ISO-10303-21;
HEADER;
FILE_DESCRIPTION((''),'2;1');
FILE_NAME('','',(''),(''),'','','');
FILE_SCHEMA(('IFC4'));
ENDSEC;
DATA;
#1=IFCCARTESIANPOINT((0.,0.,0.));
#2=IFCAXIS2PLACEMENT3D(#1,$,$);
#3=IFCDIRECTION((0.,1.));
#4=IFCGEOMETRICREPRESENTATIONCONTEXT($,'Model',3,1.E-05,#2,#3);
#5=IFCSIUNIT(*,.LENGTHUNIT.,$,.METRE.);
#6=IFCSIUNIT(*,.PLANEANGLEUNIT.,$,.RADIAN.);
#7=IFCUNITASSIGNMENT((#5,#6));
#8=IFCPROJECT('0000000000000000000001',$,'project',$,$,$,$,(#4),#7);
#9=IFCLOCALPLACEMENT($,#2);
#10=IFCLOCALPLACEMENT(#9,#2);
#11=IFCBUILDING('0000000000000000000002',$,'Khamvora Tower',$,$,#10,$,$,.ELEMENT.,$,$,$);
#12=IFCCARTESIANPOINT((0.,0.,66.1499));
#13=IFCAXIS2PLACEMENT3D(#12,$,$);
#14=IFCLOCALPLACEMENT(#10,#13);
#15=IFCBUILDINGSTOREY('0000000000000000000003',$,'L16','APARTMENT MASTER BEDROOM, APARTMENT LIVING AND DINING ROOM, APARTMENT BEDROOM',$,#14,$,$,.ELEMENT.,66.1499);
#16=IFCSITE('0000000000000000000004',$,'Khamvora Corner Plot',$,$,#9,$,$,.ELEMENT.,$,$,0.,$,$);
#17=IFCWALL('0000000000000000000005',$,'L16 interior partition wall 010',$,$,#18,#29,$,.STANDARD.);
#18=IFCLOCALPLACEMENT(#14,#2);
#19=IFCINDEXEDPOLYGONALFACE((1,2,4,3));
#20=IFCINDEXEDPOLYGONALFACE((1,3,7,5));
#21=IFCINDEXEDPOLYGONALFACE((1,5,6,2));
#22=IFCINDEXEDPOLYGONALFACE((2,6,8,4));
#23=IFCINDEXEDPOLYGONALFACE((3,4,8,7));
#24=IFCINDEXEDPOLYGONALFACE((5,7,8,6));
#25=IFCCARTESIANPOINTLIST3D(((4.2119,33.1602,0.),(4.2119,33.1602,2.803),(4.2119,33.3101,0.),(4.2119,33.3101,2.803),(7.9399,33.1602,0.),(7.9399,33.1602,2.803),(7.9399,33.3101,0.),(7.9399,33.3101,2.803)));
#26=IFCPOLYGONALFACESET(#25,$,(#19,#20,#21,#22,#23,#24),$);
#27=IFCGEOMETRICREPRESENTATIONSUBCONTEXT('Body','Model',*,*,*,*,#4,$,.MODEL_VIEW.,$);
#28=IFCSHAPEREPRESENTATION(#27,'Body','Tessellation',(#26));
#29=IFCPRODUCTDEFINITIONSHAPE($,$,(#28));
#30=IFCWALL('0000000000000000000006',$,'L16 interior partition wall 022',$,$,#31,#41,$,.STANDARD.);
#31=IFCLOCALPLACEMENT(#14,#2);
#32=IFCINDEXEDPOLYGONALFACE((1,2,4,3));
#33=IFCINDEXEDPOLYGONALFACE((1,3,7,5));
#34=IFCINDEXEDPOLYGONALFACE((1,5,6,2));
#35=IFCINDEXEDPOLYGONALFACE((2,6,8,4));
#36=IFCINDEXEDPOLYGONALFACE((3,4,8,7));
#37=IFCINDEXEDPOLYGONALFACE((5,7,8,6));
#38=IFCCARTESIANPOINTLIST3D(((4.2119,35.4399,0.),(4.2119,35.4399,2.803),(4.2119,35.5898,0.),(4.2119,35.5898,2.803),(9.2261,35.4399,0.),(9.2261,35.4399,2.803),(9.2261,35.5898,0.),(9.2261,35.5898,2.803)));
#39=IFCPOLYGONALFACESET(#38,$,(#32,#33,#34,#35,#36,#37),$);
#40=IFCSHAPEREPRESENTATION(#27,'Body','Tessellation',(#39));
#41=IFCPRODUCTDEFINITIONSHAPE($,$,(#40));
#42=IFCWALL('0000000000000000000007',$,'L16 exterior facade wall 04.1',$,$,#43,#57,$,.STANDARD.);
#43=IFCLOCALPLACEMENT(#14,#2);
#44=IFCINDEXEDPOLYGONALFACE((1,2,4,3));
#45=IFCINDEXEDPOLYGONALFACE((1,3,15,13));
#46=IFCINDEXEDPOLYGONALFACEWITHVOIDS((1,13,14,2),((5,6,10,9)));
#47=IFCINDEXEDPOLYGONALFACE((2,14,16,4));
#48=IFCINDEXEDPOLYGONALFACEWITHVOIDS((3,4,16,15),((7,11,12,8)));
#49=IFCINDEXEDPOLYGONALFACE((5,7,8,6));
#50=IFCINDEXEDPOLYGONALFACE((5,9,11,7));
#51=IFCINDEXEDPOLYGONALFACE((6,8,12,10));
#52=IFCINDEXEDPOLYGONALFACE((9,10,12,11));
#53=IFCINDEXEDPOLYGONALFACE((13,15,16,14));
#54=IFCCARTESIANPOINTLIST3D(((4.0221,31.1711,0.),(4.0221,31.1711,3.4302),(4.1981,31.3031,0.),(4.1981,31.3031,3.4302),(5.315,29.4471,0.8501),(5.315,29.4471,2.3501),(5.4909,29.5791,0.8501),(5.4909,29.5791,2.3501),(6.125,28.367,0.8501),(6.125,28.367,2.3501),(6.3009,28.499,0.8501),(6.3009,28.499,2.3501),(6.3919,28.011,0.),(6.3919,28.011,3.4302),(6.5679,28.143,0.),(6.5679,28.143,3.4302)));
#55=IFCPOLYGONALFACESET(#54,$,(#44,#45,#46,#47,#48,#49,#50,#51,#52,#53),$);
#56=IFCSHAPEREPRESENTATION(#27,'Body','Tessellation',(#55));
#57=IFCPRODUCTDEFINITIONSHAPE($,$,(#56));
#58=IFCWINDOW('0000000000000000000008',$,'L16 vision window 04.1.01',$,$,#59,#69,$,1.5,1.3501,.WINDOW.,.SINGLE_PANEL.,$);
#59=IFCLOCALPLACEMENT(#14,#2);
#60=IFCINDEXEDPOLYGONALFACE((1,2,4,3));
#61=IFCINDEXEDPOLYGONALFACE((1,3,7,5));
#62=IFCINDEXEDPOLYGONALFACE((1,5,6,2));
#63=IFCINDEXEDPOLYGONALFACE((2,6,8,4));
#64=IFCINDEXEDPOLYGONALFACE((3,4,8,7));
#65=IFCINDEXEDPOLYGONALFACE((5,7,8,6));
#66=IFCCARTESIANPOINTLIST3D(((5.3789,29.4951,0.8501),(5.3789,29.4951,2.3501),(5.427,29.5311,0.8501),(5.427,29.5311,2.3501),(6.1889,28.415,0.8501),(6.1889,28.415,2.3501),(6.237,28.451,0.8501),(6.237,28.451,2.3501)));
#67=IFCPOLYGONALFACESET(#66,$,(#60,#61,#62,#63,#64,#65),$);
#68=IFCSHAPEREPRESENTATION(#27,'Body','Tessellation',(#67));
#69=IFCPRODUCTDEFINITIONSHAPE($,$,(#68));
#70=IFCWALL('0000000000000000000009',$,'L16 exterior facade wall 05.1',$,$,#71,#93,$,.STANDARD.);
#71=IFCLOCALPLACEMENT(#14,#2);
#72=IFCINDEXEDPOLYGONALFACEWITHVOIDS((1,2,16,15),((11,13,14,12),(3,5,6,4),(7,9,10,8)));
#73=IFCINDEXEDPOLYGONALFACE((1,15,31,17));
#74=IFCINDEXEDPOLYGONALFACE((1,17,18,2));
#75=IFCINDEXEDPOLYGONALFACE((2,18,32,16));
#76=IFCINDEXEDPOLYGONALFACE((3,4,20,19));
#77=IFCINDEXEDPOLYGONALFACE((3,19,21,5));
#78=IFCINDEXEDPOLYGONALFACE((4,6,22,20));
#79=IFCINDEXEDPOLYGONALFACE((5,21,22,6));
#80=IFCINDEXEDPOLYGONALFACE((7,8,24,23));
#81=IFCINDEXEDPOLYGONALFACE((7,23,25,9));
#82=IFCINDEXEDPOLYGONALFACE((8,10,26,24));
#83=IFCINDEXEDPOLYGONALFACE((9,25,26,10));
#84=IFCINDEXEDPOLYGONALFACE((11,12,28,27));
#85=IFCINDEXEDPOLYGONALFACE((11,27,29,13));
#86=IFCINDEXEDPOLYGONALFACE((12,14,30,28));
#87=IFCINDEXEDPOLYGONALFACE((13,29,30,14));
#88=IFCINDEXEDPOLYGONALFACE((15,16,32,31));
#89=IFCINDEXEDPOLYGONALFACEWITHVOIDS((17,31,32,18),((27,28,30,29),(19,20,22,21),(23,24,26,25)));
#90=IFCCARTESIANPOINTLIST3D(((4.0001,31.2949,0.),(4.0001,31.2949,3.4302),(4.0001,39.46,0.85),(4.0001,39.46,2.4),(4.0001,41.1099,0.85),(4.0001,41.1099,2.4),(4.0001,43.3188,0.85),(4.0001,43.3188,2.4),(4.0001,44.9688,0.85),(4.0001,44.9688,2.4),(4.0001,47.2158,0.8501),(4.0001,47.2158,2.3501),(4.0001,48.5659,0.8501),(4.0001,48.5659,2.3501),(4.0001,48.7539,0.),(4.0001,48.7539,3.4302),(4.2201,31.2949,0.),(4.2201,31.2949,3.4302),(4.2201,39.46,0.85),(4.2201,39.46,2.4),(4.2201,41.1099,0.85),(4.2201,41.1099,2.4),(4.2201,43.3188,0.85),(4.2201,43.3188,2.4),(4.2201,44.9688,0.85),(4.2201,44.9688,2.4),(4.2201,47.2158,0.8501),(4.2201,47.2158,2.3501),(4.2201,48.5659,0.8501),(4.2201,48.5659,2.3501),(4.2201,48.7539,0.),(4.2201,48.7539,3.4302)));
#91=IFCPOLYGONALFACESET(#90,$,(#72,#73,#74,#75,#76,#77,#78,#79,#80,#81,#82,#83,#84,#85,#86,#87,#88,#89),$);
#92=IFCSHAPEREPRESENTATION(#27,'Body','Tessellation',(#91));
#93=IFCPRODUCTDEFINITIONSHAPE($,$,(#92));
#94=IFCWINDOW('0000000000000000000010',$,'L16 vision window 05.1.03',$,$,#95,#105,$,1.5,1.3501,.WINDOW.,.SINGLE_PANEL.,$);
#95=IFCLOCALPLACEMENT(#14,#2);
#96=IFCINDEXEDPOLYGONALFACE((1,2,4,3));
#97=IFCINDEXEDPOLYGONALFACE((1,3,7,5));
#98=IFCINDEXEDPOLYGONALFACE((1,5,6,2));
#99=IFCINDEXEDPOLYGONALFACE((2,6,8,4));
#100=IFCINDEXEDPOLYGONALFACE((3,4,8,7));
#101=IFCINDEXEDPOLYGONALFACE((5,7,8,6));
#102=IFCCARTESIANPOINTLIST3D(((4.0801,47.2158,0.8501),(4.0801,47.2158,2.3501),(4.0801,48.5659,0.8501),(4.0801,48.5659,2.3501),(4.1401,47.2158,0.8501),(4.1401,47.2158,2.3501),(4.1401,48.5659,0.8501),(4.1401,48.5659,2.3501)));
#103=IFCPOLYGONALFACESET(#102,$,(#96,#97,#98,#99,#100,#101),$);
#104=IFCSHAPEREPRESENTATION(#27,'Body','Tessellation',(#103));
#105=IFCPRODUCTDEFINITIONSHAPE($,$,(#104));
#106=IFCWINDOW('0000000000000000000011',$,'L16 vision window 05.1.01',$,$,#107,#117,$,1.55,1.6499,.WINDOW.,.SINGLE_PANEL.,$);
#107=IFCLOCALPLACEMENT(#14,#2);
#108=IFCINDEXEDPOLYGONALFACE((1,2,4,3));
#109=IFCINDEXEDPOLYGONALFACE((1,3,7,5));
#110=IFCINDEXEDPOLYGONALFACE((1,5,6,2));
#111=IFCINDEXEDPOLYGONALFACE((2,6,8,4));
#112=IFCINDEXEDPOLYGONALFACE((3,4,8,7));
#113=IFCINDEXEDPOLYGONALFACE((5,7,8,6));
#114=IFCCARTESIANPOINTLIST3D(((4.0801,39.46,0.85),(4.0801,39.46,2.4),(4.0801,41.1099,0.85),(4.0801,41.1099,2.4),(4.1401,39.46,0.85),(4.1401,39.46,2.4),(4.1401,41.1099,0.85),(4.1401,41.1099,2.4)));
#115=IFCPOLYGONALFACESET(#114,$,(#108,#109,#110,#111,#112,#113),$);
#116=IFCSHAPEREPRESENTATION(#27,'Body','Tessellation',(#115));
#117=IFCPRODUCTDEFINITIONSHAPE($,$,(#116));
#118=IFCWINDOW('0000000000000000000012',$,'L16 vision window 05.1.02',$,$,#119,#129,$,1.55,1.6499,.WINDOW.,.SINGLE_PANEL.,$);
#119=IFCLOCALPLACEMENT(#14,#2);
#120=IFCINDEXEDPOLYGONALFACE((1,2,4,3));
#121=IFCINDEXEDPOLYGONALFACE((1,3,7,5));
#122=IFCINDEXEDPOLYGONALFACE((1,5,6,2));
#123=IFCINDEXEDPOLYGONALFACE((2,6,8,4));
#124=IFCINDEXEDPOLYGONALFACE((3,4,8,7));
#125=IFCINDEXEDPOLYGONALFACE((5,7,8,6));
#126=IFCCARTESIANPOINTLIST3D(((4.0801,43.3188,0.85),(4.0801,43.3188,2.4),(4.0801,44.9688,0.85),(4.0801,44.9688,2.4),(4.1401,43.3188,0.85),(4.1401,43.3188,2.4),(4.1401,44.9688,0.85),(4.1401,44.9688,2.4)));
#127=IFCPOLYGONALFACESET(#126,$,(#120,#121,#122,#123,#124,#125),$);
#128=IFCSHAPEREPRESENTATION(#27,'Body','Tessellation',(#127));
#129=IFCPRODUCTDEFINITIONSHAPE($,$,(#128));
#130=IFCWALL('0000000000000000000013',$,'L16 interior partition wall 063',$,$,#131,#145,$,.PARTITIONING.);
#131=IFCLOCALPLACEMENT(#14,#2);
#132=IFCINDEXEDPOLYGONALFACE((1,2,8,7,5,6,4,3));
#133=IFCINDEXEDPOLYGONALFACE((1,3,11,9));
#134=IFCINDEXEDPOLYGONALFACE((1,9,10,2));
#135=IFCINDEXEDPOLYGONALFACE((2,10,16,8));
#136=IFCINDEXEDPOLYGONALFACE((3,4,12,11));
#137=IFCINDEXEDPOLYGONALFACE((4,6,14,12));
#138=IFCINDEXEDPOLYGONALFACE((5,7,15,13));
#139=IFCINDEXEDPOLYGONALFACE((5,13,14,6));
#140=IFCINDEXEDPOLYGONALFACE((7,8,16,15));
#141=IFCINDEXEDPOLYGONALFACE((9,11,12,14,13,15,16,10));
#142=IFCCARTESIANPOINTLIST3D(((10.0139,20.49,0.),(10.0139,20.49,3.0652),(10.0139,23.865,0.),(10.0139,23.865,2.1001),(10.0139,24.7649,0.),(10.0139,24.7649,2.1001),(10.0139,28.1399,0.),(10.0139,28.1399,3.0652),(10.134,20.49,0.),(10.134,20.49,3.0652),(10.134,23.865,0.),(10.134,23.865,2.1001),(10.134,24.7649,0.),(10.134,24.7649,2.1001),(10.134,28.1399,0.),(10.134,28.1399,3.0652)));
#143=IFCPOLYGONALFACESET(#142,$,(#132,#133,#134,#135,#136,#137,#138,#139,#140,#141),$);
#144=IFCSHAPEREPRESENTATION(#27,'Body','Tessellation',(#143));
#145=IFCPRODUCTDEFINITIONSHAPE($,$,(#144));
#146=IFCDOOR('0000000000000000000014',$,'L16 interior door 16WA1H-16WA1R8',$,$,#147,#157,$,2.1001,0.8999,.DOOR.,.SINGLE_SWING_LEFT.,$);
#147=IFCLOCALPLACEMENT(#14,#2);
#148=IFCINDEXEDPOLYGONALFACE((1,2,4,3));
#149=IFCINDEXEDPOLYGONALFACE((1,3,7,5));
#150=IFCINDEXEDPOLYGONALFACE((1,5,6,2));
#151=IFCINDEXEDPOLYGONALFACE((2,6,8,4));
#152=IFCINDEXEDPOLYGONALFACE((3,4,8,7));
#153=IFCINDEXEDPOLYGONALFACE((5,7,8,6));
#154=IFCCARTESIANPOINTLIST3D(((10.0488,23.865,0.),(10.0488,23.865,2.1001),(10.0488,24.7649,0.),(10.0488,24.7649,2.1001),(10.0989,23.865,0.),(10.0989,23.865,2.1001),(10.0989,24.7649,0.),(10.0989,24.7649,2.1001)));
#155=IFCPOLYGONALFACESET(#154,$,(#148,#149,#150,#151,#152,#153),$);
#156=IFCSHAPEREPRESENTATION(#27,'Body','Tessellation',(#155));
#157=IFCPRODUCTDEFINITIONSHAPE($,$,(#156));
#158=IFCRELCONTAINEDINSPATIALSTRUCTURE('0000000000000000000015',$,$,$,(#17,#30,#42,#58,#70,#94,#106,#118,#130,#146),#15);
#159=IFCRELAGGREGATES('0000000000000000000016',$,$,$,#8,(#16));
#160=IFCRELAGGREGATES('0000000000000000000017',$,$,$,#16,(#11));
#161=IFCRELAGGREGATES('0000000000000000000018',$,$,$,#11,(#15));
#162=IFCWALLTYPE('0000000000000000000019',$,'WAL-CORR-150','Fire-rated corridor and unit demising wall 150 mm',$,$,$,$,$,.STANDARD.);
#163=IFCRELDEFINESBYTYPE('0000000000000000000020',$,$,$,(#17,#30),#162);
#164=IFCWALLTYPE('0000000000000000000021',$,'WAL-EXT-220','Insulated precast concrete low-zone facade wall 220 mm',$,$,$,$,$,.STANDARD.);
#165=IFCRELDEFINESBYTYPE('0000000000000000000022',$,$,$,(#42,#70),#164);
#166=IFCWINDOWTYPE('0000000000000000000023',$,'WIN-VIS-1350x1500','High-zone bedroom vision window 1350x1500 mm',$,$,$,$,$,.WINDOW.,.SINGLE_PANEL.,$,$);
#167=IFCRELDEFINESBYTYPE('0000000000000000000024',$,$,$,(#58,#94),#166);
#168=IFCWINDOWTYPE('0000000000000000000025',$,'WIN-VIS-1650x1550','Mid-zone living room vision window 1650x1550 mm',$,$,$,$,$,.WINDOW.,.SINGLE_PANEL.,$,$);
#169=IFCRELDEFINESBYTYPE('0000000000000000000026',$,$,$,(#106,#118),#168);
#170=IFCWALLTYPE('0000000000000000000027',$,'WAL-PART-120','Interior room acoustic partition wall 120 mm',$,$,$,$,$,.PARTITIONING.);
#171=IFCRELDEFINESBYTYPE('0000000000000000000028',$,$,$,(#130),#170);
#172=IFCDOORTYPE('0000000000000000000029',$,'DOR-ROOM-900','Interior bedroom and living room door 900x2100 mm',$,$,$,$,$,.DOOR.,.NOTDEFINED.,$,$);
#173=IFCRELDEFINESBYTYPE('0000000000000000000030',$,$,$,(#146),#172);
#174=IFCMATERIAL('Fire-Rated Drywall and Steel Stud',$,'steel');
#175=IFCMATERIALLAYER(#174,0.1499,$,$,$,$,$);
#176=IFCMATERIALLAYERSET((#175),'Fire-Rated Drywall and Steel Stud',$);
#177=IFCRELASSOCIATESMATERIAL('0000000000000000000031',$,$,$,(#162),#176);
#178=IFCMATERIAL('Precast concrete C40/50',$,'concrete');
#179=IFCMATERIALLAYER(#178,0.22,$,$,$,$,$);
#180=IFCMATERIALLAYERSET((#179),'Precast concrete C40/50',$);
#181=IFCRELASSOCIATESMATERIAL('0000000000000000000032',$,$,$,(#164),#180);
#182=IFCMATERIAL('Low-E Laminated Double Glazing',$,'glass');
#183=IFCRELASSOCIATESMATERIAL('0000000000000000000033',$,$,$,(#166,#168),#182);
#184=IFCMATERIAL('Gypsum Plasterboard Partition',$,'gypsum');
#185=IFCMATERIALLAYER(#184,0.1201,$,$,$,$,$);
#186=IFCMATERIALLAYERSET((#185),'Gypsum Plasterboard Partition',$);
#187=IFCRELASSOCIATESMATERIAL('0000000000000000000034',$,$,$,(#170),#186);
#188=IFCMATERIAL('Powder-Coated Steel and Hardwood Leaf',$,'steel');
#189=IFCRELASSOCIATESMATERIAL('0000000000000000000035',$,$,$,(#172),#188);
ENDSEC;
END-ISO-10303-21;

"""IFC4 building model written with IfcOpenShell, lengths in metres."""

from ifc_helpers import new_model, si_unit, direction, frame, frame_2d, origin, place, context, subcontext, project, spatial, rectangle, extrude, material, layer, layer_set, type_object, element, fill, save


model = new_model("IFC4")

# Units and contexts
model_context = context("Model", 3, precision=1e-05, world=origin(), true_north=direction((0.0, 1.0)))
body_context = subcontext(model_context, "Body", "Model", "MODEL_VIEW")
ifc_project = project(units=[si_unit("LENGTHUNIT", "METRE"), si_unit("PLANEANGLEUNIT", "RADIAN")], contexts=[model_context])

# Site, building, storey
site_placement = place(None, origin())
site = spatial("IfcSite", under=ifc_project, at=site_placement, Name="Khamvora Corner Plot", CompositionType="ELEMENT", RefElevation=0.0)
building_placement = place(site_placement, origin())
building = spatial("IfcBuilding", under=site, at=building_placement, Name="Khamvora Tower", CompositionType="ELEMENT")
storey_placement = place(building_placement, frame((0.0, 0.0, 66.1499)))
storey = spatial("IfcBuildingStorey", under=building, at=storey_placement, Name="L16", Description="APARTMENT MASTER BEDROOM, APARTMENT LIVING AND DINING ROOM, APARTMENT BEDROOM", CompositionType="ELEMENT", Elevation=66.1499)

# Wall
ifc_material_1 = material(Name="Fire-Rated Drywall and Steel Stud", Category="steel")
ifc_layer_1 = layer(ifc_material_1, 0.1499)
ifc_layer_set_1 = layer_set([ifc_layer_1], Name="Fire-Rated Drywall and Steel Stud")
wall_type_1 = type_object("IfcWallType", Name="WAL-CORR-150", Description="Fire-rated corridor and unit demising wall 150 mm", PredefinedType="STANDARD", material=ifc_layer_set_1)
wall_1_placement = place(storey_placement, frame((7.9399, 33.2351, 0.0), z_axis=(0.0, 0.0, 1.0), x_axis=(-1.0, 0.0, 0.0)))
element("IfcWall", 1, at=wall_1_placement, inside=storey, type_object=wall_type_1, Name="L16 interior partition wall 010", PredefinedType="STANDARD", context=body_context, shape_type="SweptSolid", body=[
    extrude(rectangle(XDim=3.728, YDim=0.1499, at=frame_2d((1.864, 0.0))), origin(), (0.0, 0.0, 1.0), 2.803),
])

# Shared definitions
ifc_material_2 = material(Name="Powder-Coated Steel and Hardwood Leaf", Category="steel")

# Wall
wall_2_placement = place(storey_placement, frame((4.2119, 35.5149, 0.0), z_axis=(0.0, 0.0, 1.0), x_axis=(1.0, 0.0, 0.0)))
element("IfcWall", 2, at=wall_2_placement, inside=storey, type_object=wall_type_1, Name="L16 interior partition wall 022", PredefinedType="STANDARD", context=body_context, shape_type="SweptSolid", body=[
    extrude(rectangle(XDim=5.0142, YDim=0.1499, at=frame_2d((2.5071, 0.0))), origin(), (0.0, 0.0, 1.0), 2.803),
])

# Wall, opening, window
ifc_material_3 = material(Name="Precast concrete C40/50", Category="concrete")
ifc_layer_2 = layer(ifc_material_3, 0.22)
ifc_layer_set_2 = layer_set([ifc_layer_2], Name="Precast concrete C40/50")
wall_type_2 = type_object("IfcWallType", Name="WAL-EXT-220", Description="Insulated precast concrete low-zone facade wall 220 mm", PredefinedType="STANDARD", material=ifc_layer_set_2)
wall_3_placement = place(storey_placement, frame((6.48, 28.0769, 0.0), z_axis=(0.0, 0.0, 1.0), x_axis=(-0.59996, 0.80003, 0.0)))
wall_3 = element("IfcWall", 3, at=wall_3_placement, inside=storey, type_object=wall_type_2, Name="L16 exterior facade wall 04.1", PredefinedType="STANDARD", context=body_context, shape_type="SweptSolid", body=[
    extrude(rectangle(XDim=3.95, YDim=0.22, at=frame_2d((1.9751, 0.0))), origin(), (0.0, 0.0, 1.0), 3.4302),
])
opening_1_placement = place(wall_3_placement, frame((0.4451, 0.0, 0.8501)))
opening_1 = element("IfcOpeningElement", 4, at=opening_1_placement, cuts=wall_3, PredefinedType="OPENING", context=body_context, shape_type="SweptSolid", body=[
    extrude(rectangle(XDim=1.3501, YDim=1.5, at=frame_2d((0.675, 0.75))), frame((0.0, 0.1199, 0.0), z_axis=(0.0, -1.0, 0.0), x_axis=(1.0, 0.0, 0.0)), (0.0, 0.0, 1.0), 0.24),
])
ifc_material_4 = material(Name="Low-E Laminated Double Glazing", Category="glass")
window_type_1 = type_object("IfcWindowType", Name="WIN-VIS-1350x1500", Description="High-zone bedroom vision window 1350x1500 mm", PartitioningType="SINGLE_PANEL", PredefinedType="WINDOW", material=ifc_material_4)
window_1_placement = place(opening_1_placement, origin())
window_1 = element("IfcWindow", 5, at=window_1_placement, inside=storey, type_object=window_type_1, Name="L16 vision window 04.1.01", OverallHeight=1.5, OverallWidth=1.3501, PartitioningType="SINGLE_PANEL", PredefinedType="WINDOW", context=body_context, shape_type="SweptSolid", body=[
    extrude(rectangle(XDim=1.3501, YDim=1.5, at=frame_2d((0.675, 0.75))), frame((0.0, 0.03, 0.0), z_axis=(0.0, -1.0, 0.0), x_axis=(1.0, 0.0, 0.0)), (0.0, 0.0, 1.0), 0.0601),
])
fill(opening_1, window_1)

# Wall, openings, windows
wall_4_placement = place(storey_placement, frame((4.1101, 31.2949, 0.0), z_axis=(0.0, 0.0, 1.0), x_axis=(0.0, 1.0, 0.0)))
wall_4 = element("IfcWall", 6, at=wall_4_placement, inside=storey, type_object=wall_type_2, Name="L16 exterior facade wall 05.1", PredefinedType="STANDARD", context=body_context, shape_type="SweptSolid", body=[
    extrude(rectangle(XDim=17.459, YDim=0.22, at=frame_2d((8.7295, 0.0))), origin(), (0.0, 0.0, 1.0), 3.4302),
])
opening_2_placement = place(wall_4_placement, frame((8.165, 0.0, 0.8501)))
opening_2 = element("IfcOpeningElement", 7, at=opening_2_placement, cuts=wall_4, PredefinedType="OPENING", context=body_context, shape_type="SweptSolid", body=[
    extrude(rectangle(XDim=1.6499, YDim=1.55, at=frame_2d((0.825, 0.7749))), frame((0.0, 0.1199, 0.0), z_axis=(0.0, -1.0, 0.0), x_axis=(1.0, 0.0, 0.0)), (0.0, 0.0, 1.0), 0.24),
])
opening_3_placement = place(wall_4_placement, frame((12.0239, 0.0, 0.8501)))
opening_3 = element("IfcOpeningElement", 8, at=opening_3_placement, cuts=wall_4, PredefinedType="OPENING", context=body_context, shape_type="SweptSolid", body=[
    extrude(rectangle(XDim=1.6499, YDim=1.55, at=frame_2d((0.825, 0.7749))), frame((0.0, 0.1199, 0.0), z_axis=(0.0, -1.0, 0.0), x_axis=(1.0, 0.0, 0.0)), (0.0, 0.0, 1.0), 0.24),
])
opening_4_placement = place(wall_4_placement, frame((15.9209, 0.0, 0.8501)))
opening_4 = element("IfcOpeningElement", 9, at=opening_4_placement, cuts=wall_4, PredefinedType="OPENING", context=body_context, shape_type="SweptSolid", body=[
    extrude(rectangle(XDim=1.3501, YDim=1.5, at=frame_2d((0.675, 0.75))), frame((0.0, 0.1199, 0.0), z_axis=(0.0, -1.0, 0.0), x_axis=(1.0, 0.0, 0.0)), (0.0, 0.0, 1.0), 0.24),
])
window_2_placement = place(opening_4_placement, origin())
window_2 = element("IfcWindow", 10, at=window_2_placement, inside=storey, type_object=window_type_1, Name="L16 vision window 05.1.03", OverallHeight=1.5, OverallWidth=1.3501, PartitioningType="SINGLE_PANEL", PredefinedType="WINDOW", context=body_context, shape_type="SweptSolid", body=[
    extrude(rectangle(XDim=1.3501, YDim=1.5, at=frame_2d((0.675, 0.75))), frame((0.0, 0.03, 0.0), z_axis=(0.0, -1.0, 0.0), x_axis=(1.0, 0.0, 0.0)), (0.0, 0.0, 1.0), 0.0601),
])
fill(opening_4, window_2)
window_type_2 = type_object("IfcWindowType", Name="WIN-VIS-1650x1550", Description="Mid-zone living room vision window 1650x1550 mm", PartitioningType="SINGLE_PANEL", PredefinedType="WINDOW", material=ifc_material_4)
window_3_placement = place(opening_2_placement, origin())
window_3 = element("IfcWindow", 11, at=window_3_placement, inside=storey, type_object=window_type_2, Name="L16 vision window 05.1.01", OverallHeight=1.55, OverallWidth=1.6499, PartitioningType="SINGLE_PANEL", PredefinedType="WINDOW", context=body_context, shape_type="SweptSolid", body=[
    extrude(rectangle(XDim=1.6499, YDim=1.55, at=frame_2d((0.825, 0.7749))), frame((0.0, 0.03, 0.0), z_axis=(0.0, -1.0, 0.0), x_axis=(1.0, 0.0, 0.0)), (0.0, 0.0, 1.0), 0.0601),
])
fill(opening_2, window_3)
window_4_placement = place(opening_3_placement, origin())
window_4 = element("IfcWindow", 12, at=window_4_placement, inside=storey, type_object=window_type_2, Name="L16 vision window 05.1.02", OverallHeight=1.55, OverallWidth=1.6499, PartitioningType="SINGLE_PANEL", PredefinedType="WINDOW", context=body_context, shape_type="SweptSolid", body=[
    extrude(rectangle(XDim=1.6499, YDim=1.55, at=frame_2d((0.825, 0.7749))), frame((0.0, 0.03, 0.0), z_axis=(0.0, -1.0, 0.0), x_axis=(1.0, 0.0, 0.0)), (0.0, 0.0, 1.0), 0.0601),
])
fill(opening_3, window_4)

# Wall, opening, door
ifc_material_5 = material(Name="Gypsum Plasterboard Partition", Category="gypsum")
ifc_layer_3 = layer(ifc_material_5, 0.1201)
ifc_layer_set_3 = layer_set([ifc_layer_3], Name="Gypsum Plasterboard Partition")
wall_type_3 = type_object("IfcWallType", Name="WAL-PART-120", Description="Interior room acoustic partition wall 120 mm", PredefinedType="PARTITIONING", material=ifc_layer_set_3)
wall_5_placement = place(storey_placement, frame((10.074, 28.1399, 0.0), z_axis=(0.0, 0.0, 1.0), x_axis=(0.0, -1.0, 0.0)))
wall_5 = element("IfcWall", 13, at=wall_5_placement, inside=storey, type_object=wall_type_3, Name="L16 interior partition wall 063", PredefinedType="PARTITIONING", context=body_context, shape_type="SweptSolid", body=[
    extrude(rectangle(XDim=7.6499, YDim=0.1201, at=frame_2d((3.825, 0.0))), origin(), (0.0, 0.0, 1.0), 3.0652),
])
opening_5_placement = place(wall_5_placement, frame((3.375, 0.0, 0.0)))
opening_5 = element("IfcOpeningElement", 14, at=opening_5_placement, cuts=wall_5, PredefinedType="OPENING", context=body_context, shape_type="SweptSolid", body=[
    extrude(rectangle(XDim=0.8999, YDim=2.1001, at=frame_2d((0.45, 1.05))), frame((0.0, 0.0701, 0.0), z_axis=(0.0, -1.0, 0.0), x_axis=(1.0, 0.0, 0.0)), (0.0, 0.0, 1.0), 0.1401),
])
door_type_1 = type_object("IfcDoorType", Name="DOR-ROOM-900", Description="Interior bedroom and living room door 900x2100 mm", OperationType="NOTDEFINED", PredefinedType="DOOR", material=ifc_material_2)
door_1_placement = place(opening_5_placement, origin())
door_1 = element("IfcDoor", 15, at=door_1_placement, inside=storey, type_object=door_type_1, Name="L16 interior door 16WA1H-16WA1R8", OperationType="SINGLE_SWING_LEFT", OverallHeight=2.1001, OverallWidth=0.8999, PredefinedType="DOOR", context=body_context, shape_type="SweptSolid", body=[
    extrude(rectangle(XDim=0.8999, YDim=2.1001, at=frame_2d((0.45, 1.05))), frame((0.0, 0.0249, 0.0), z_axis=(0.0, -1.0, 0.0), x_axis=(1.0, 0.0, 0.0)), (0.0, 0.0, 1.0), 0.05),
])
fill(opening_5, door_1)

save(model, "model.ifc")
